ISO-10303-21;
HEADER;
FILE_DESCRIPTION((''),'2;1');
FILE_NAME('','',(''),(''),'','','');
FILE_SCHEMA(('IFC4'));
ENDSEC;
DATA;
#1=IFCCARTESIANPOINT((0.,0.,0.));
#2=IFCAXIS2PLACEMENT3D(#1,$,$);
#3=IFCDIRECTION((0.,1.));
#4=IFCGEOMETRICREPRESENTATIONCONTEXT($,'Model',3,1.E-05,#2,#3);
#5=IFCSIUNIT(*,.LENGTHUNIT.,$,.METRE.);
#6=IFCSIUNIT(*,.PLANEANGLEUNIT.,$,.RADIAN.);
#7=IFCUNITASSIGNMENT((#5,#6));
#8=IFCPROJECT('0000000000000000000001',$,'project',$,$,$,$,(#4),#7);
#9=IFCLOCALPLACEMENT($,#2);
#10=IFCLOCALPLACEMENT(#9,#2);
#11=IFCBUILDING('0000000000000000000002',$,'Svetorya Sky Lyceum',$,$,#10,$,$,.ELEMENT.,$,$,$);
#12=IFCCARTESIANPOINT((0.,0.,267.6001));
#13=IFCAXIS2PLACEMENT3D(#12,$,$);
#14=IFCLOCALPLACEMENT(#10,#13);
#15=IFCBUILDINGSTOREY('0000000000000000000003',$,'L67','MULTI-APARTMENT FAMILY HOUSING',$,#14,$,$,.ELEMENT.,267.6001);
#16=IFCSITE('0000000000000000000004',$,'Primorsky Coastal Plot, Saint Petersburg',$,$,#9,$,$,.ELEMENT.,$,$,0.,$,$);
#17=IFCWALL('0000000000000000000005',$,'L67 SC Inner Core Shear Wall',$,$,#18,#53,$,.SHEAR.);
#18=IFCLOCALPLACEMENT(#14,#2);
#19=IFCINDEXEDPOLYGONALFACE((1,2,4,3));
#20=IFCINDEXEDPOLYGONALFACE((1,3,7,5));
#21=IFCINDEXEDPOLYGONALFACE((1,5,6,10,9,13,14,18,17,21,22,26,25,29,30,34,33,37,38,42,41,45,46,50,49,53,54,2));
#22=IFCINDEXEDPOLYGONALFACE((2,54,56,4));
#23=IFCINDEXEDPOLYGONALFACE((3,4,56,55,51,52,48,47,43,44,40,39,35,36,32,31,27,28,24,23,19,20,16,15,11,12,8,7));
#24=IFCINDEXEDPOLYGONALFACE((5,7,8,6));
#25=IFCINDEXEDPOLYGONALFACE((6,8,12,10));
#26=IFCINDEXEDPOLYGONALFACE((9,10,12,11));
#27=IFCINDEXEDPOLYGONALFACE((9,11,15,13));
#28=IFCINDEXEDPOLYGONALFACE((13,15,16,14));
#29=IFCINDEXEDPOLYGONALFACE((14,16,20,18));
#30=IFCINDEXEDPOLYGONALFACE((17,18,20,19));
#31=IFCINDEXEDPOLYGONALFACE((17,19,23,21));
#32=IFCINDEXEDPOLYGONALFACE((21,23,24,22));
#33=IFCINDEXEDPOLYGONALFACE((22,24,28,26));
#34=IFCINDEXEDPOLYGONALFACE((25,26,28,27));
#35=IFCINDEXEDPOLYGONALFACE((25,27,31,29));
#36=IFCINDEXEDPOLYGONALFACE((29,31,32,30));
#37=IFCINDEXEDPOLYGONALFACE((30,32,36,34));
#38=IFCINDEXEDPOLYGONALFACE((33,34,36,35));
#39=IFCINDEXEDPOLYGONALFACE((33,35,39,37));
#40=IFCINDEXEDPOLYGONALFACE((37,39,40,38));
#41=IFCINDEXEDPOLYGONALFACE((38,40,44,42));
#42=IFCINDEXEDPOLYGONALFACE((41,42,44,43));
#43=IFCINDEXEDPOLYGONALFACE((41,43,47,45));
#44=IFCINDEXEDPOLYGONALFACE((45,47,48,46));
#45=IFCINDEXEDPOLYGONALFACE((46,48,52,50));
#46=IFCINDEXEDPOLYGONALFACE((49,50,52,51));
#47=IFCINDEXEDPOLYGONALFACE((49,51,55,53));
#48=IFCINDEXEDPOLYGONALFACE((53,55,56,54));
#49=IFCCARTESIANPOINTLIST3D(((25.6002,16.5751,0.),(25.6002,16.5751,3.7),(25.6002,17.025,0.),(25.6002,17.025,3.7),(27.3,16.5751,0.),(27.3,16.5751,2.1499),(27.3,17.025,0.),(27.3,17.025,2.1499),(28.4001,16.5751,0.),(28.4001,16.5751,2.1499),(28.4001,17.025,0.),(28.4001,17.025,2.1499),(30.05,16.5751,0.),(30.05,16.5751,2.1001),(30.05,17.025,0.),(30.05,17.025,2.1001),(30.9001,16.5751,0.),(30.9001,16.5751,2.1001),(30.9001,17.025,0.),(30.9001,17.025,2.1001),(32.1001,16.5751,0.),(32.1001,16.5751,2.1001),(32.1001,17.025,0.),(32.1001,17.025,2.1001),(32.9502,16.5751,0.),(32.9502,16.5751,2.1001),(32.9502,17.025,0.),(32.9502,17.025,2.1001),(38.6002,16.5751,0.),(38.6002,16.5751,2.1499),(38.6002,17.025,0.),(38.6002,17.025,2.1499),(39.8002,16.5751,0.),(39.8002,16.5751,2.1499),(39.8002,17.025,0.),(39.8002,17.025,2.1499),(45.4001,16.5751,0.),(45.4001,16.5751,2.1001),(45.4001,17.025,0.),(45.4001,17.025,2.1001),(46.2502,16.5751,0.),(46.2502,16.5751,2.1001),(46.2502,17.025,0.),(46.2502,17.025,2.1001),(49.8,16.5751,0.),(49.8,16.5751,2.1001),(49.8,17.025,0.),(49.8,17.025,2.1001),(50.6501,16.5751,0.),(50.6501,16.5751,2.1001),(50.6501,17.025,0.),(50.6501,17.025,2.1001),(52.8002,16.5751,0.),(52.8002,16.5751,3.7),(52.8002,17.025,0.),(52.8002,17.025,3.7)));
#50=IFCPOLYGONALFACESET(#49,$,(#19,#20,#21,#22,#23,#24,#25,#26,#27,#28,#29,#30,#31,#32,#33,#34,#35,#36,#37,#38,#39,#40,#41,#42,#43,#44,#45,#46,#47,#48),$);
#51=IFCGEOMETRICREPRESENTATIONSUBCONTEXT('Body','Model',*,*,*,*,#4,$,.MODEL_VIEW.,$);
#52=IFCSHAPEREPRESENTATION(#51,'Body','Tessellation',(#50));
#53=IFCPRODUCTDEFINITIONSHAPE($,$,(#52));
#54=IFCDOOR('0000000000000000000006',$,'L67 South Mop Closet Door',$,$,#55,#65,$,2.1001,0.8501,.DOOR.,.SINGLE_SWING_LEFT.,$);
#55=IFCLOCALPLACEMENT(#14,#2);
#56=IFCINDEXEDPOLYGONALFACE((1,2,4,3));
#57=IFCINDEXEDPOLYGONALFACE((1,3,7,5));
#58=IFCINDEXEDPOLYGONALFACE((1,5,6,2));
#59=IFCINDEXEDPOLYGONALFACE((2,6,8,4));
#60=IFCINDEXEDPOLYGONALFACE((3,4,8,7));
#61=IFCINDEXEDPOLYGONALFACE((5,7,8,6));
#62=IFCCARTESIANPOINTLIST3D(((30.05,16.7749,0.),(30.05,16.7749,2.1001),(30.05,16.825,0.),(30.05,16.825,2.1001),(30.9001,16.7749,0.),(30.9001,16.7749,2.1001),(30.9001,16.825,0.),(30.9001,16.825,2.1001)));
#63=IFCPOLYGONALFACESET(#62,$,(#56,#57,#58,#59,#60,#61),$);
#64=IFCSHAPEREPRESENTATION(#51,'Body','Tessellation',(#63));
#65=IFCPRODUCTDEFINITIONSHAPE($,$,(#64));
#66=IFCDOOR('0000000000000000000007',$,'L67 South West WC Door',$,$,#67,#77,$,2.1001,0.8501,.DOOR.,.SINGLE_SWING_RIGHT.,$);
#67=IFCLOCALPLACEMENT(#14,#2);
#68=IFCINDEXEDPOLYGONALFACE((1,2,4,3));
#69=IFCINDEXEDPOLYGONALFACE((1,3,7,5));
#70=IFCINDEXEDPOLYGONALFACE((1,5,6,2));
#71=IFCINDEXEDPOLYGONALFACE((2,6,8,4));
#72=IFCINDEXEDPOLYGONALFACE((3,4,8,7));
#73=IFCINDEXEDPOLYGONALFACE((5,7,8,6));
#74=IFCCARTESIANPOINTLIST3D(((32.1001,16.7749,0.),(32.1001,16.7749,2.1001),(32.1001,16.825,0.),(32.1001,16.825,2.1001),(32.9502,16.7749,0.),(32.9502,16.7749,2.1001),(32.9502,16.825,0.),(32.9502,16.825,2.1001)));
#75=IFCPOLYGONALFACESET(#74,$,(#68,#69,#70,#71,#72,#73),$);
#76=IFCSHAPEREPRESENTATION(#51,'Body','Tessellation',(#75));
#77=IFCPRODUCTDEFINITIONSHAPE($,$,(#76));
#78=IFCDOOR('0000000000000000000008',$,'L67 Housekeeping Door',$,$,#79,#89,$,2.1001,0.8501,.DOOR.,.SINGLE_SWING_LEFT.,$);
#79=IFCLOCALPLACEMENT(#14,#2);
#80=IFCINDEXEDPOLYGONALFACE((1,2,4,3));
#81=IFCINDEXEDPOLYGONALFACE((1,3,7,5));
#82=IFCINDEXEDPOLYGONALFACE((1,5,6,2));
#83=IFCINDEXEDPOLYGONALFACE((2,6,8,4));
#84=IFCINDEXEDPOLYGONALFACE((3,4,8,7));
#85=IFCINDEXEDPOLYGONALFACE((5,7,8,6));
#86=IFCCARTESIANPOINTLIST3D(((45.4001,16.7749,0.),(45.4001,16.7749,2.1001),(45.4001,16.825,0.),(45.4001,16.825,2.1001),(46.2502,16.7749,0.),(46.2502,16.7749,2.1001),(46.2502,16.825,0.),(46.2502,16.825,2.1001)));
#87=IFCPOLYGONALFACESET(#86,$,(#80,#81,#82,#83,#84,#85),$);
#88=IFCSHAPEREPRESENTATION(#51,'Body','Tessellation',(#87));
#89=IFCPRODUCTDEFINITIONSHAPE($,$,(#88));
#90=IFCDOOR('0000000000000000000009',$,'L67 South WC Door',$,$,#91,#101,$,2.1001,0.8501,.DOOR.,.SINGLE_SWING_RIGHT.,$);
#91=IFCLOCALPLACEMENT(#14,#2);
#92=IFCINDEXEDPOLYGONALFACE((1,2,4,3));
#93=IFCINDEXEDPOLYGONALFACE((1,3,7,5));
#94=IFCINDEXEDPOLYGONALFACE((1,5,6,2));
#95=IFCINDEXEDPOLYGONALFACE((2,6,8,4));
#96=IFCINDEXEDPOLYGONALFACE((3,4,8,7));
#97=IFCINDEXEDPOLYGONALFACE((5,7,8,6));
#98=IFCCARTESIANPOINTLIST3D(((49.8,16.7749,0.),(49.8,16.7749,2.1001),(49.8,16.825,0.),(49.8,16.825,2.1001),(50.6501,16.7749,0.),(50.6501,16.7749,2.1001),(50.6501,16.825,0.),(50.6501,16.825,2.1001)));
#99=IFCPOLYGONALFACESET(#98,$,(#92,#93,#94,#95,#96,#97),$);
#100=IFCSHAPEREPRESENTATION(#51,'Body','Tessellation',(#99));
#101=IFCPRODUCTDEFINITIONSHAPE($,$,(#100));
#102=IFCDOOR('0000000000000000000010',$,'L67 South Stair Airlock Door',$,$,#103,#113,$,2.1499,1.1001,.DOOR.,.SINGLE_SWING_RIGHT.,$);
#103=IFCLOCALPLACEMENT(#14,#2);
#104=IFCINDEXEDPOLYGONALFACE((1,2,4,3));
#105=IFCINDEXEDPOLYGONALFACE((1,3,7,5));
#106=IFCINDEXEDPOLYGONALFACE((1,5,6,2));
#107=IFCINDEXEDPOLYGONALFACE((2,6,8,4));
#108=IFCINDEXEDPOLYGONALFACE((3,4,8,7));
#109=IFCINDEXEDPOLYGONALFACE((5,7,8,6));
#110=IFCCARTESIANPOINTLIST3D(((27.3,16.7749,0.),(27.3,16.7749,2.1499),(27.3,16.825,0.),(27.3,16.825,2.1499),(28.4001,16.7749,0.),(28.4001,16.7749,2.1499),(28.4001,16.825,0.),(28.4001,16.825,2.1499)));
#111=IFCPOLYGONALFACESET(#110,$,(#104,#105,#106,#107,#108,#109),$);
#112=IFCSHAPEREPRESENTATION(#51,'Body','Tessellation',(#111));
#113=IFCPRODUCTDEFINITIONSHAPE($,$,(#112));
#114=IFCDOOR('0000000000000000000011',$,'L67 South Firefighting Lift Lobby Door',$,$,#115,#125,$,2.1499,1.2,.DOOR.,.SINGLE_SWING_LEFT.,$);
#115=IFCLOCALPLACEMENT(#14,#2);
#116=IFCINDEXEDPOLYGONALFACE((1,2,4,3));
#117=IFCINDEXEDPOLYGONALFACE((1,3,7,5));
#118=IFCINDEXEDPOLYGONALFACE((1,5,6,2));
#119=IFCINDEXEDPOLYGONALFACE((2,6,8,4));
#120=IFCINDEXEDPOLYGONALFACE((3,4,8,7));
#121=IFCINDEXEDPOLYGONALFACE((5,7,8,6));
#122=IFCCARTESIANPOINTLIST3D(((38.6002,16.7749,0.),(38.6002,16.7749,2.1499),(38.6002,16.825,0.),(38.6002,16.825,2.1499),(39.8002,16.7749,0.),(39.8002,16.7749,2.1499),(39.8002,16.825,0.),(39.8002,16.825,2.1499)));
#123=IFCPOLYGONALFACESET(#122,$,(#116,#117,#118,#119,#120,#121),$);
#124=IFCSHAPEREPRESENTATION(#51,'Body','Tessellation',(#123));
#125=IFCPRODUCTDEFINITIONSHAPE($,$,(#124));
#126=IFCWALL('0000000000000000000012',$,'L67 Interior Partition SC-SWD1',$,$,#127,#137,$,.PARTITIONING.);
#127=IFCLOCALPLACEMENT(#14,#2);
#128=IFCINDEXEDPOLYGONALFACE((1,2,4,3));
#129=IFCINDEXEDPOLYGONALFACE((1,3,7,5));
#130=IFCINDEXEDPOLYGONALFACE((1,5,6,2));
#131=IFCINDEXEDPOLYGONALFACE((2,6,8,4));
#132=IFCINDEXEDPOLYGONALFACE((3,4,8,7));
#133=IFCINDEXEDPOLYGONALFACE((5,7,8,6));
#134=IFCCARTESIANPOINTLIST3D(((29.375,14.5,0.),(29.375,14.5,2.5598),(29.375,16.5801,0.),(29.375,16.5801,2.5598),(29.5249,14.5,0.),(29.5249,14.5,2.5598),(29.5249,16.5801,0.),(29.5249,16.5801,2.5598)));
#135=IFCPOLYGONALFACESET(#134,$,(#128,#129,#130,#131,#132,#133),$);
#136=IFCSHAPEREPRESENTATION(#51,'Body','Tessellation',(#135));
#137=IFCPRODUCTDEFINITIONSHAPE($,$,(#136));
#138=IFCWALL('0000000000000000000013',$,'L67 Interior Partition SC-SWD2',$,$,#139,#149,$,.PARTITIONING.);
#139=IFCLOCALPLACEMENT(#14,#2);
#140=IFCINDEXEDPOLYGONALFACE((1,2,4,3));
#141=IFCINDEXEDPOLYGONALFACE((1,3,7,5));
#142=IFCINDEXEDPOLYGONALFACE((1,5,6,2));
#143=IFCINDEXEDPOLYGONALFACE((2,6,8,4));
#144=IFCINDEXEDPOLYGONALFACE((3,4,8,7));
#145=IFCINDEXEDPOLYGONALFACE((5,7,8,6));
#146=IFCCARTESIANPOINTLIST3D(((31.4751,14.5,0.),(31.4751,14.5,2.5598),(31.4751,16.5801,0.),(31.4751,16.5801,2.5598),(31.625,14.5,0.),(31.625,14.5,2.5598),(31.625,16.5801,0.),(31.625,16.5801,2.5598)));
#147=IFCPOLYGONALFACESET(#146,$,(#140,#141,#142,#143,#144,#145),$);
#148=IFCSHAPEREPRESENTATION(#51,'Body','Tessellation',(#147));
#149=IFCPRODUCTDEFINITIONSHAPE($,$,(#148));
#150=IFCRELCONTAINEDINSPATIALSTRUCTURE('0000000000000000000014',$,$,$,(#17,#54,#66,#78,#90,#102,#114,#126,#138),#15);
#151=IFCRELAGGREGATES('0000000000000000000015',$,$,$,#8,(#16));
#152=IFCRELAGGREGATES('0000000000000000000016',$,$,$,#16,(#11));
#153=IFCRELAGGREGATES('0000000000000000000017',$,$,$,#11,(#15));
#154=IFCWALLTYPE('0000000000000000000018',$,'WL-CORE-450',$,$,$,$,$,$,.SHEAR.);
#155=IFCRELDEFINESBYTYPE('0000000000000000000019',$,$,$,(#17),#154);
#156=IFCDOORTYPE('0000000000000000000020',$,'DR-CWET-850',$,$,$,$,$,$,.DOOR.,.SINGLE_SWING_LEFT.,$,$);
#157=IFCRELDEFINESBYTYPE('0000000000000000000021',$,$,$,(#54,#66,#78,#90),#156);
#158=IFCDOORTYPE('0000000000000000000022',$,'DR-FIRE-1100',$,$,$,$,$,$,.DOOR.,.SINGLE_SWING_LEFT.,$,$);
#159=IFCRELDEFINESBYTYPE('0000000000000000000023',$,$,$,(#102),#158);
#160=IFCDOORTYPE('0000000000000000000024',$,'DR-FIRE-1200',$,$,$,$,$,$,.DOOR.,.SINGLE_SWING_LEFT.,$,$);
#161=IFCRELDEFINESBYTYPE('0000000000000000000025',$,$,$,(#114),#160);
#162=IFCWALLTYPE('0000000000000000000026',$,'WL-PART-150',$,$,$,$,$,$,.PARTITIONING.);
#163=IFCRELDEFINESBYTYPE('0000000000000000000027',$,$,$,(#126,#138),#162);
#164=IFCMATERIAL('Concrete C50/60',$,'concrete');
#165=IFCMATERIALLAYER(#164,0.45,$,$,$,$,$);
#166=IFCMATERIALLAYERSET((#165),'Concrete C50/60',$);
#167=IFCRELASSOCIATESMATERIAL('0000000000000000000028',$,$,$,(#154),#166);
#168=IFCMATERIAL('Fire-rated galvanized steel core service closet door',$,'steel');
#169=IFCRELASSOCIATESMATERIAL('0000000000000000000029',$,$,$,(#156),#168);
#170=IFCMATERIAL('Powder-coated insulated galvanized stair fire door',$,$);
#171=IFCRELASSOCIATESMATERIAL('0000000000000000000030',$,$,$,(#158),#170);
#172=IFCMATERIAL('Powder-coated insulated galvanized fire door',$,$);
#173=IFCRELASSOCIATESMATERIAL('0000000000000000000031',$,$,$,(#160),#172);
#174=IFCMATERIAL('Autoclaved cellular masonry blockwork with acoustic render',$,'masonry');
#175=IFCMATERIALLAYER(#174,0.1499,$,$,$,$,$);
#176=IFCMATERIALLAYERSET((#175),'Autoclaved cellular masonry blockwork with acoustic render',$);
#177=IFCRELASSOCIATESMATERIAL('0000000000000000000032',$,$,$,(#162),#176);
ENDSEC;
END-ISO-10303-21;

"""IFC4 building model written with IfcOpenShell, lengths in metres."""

from ifc_helpers import new_model, si_unit, direction, frame, frame_2d, origin, place, context, subcontext, project, spatial, rectangle, extrude, material, layer, layer_set, type_object, element, fill, save


model = new_model("IFC4")

# Units and contexts
model_context = context("Model", 3, precision=1e-05, world=origin(), true_north=direction((0.0, 1.0)))
body_context = subcontext(model_context, "Body", "Model", "MODEL_VIEW")
ifc_project = project(units=[si_unit("LENGTHUNIT", "METRE"), si_unit("PLANEANGLEUNIT", "RADIAN")], contexts=[model_context])

# Site, building, storey
site_placement = place(None, origin())
site = spatial("IfcSite", under=ifc_project, at=site_placement, Name="Primorsky Coastal Plot, Saint Petersburg", CompositionType="ELEMENT", RefElevation=0.0)
building_placement = place(site_placement, origin())
building = spatial("IfcBuilding", under=site, at=building_placement, Name="Svetorya Sky Lyceum", CompositionType="ELEMENT")
storey_placement = place(building_placement, frame((0.0, 0.0, 267.6001)))
storey = spatial("IfcBuildingStorey", under=building, at=storey_placement, Name="L67", Description="MULTI-APARTMENT FAMILY HOUSING", CompositionType="ELEMENT", Elevation=267.6001)

# Wall, openings, doors
ifc_material_1 = material(Name="Concrete C50/60", Category="concrete")
ifc_layer_1 = layer(ifc_material_1, 0.45)
ifc_layer_set_1 = layer_set([ifc_layer_1], Name="Concrete C50/60")
wall_type_1 = type_object("IfcWallType", Name="WL-CORE-450", PredefinedType="SHEAR", material=ifc_layer_set_1)
wall_1_placement = place(storey_placement, frame((25.6001, 16.8, 0.0), z_axis=(0.0, 0.0, 1.0), x_axis=(1.0, 0.0, 0.0)))
wall_1 = element("IfcWall", 1, at=wall_1_placement, inside=storey, type_object=wall_type_1, Name="L67 SC Inner Core Shear Wall", PredefinedType="SHEAR", context=body_context, shape_type="SweptSolid", body=[
    extrude(rectangle(XDim=27.2, YDim=0.45, at=frame_2d((13.6001, 0.0))), origin(), (0.0, 0.0, 1.0), 3.7),
])
opening_1_placement = place(wall_1_placement, frame((1.7, 0.0, 0.0)))
opening_1 = element("IfcOpeningElement", 2, at=opening_1_placement, cuts=wall_1, PredefinedType="OPENING", context=body_context, shape_type="SweptSolid", body=[
    extrude(rectangle(XDim=1.1001, YDim=2.1499, at=frame_2d((0.55, 1.075))), frame((0.0, 0.2349, 0.0), z_axis=(0.0, -1.0, 0.0), x_axis=(1.0, 0.0, 0.0)), (0.0, 0.0, 1.0), 0.47),
])
opening_2_placement = place(wall_1_placement, frame((4.45, 0.0, 0.0)))
opening_2 = element("IfcOpeningElement", 3, at=opening_2_placement, cuts=wall_1, PredefinedType="OPENING", context=body_context, shape_type="SweptSolid", body=[
    extrude(rectangle(XDim=0.8501, YDim=2.1001, at=frame_2d((0.425, 1.05))), frame((0.0, 0.2349, 0.0), z_axis=(0.0, -1.0, 0.0), x_axis=(1.0, 0.0, 0.0)), (0.0, 0.0, 1.0), 0.47),
])
opening_3_placement = place(wall_1_placement, frame((6.5, 0.0, 0.0)))
opening_3 = element("IfcOpeningElement", 4, at=opening_3_placement, cuts=wall_1, PredefinedType="OPENING", context=body_context, shape_type="SweptSolid", body=[
    extrude(rectangle(XDim=0.8501, YDim=2.1001, at=frame_2d((0.425, 1.05))), frame((0.0, 0.2349, 0.0), z_axis=(0.0, -1.0, 0.0), x_axis=(1.0, 0.0, 0.0)), (0.0, 0.0, 1.0), 0.47),
])
opening_4_placement = place(wall_1_placement, frame((13.0, 0.0, 0.0)))
opening_4 = element("IfcOpeningElement", 5, at=opening_4_placement, cuts=wall_1, PredefinedType="OPENING", context=body_context, shape_type="SweptSolid", body=[
    extrude(rectangle(XDim=1.2, YDim=2.1499, at=frame_2d((0.6001, 1.075))), frame((0.0, 0.2349, 0.0), z_axis=(0.0, -1.0, 0.0), x_axis=(1.0, 0.0, 0.0)), (0.0, 0.0, 1.0), 0.47),
])
opening_5_placement = place(wall_1_placement, frame((19.8, 0.0, 0.0)))
opening_5 = element("IfcOpeningElement", 6, at=opening_5_placement, cuts=wall_1, PredefinedType="OPENING", context=body_context, shape_type="SweptSolid", body=[
    extrude(rectangle(XDim=0.8501, YDim=2.1001, at=frame_2d((0.425, 1.05))), frame((0.0, 0.2349, 0.0), z_axis=(0.0, -1.0, 0.0), x_axis=(1.0, 0.0, 0.0)), (0.0, 0.0, 1.0), 0.47),
])
opening_6_placement = place(wall_1_placement, frame((24.2, 0.0, 0.0)))
opening_6 = element("IfcOpeningElement", 7, at=opening_6_placement, cuts=wall_1, PredefinedType="OPENING", context=body_context, shape_type="SweptSolid", body=[
    extrude(rectangle(XDim=0.8501, YDim=2.1001, at=frame_2d((0.425, 1.05))), frame((0.0, 0.2349, 0.0), z_axis=(0.0, -1.0, 0.0), x_axis=(1.0, 0.0, 0.0)), (0.0, 0.0, 1.0), 0.47),
])
ifc_material_2 = material(Name="Fire-rated galvanized steel core service closet door", Category="steel")
door_type_1 = type_object("IfcDoorType", Name="DR-CWET-850", OperationType="SINGLE_SWING_LEFT", PredefinedType="DOOR", material=ifc_material_2)
door_1_placement = place(opening_2_placement, origin())
door_1 = element("IfcDoor", 8, at=door_1_placement, inside=storey, type_object=door_type_1, Name="L67 South Mop Closet Door", OperationType="SINGLE_SWING_LEFT", OverallHeight=2.1001, OverallWidth=0.8501, PredefinedType="DOOR", context=body_context, shape_type="SweptSolid", body=[
    extrude(rectangle(XDim=0.8501, YDim=2.1001, at=frame_2d((0.425, 1.05))), frame((0.0, 0.0249, 0.0), z_axis=(0.0, -1.0, 0.0), x_axis=(1.0, 0.0, 0.0)), (0.0, 0.0, 1.0), 0.05),
])
fill(opening_2, door_1)
door_2_placement = place(opening_3_placement, origin())
door_2 = element("IfcDoor", 9, at=door_2_placement, inside=storey, type_object=door_type_1, Name="L67 South West WC Door", OperationType="SINGLE_SWING_RIGHT", OverallHeight=2.1001, OverallWidth=0.8501, PredefinedType="DOOR", context=body_context, shape_type="SweptSolid", body=[
    extrude(rectangle(XDim=0.8501, YDim=2.1001, at=frame_2d((0.425, 1.05))), frame((0.0, 0.0249, 0.0), z_axis=(0.0, -1.0, 0.0), x_axis=(1.0, 0.0, 0.0)), (0.0, 0.0, 1.0), 0.05),
])
fill(opening_3, door_2)
door_3_placement = place(opening_5_placement, origin())
door_3 = element("IfcDoor", 10, at=door_3_placement, inside=storey, type_object=door_type_1, Name="L67 Housekeeping Door", OperationType="SINGLE_SWING_LEFT", OverallHeight=2.1001, OverallWidth=0.8501, PredefinedType="DOOR", context=body_context, shape_type="SweptSolid", body=[
    extrude(rectangle(XDim=0.8501, YDim=2.1001, at=frame_2d((0.425, 1.05))), frame((0.0, 0.0249, 0.0), z_axis=(0.0, -1.0, 0.0), x_axis=(1.0, 0.0, 0.0)), (0.0, 0.0, 1.0), 0.05),
])
fill(opening_5, door_3)
door_4_placement = place(opening_6_placement, origin())
door_4 = element("IfcDoor", 11, at=door_4_placement, inside=storey, type_object=door_type_1, Name="L67 South WC Door", OperationType="SINGLE_SWING_RIGHT", OverallHeight=2.1001, OverallWidth=0.8501, PredefinedType="DOOR", context=body_context, shape_type="SweptSolid", body=[
    extrude(rectangle(XDim=0.8501, YDim=2.1001, at=frame_2d((0.425, 1.05))), frame((0.0, 0.0249, 0.0), z_axis=(0.0, -1.0, 0.0), x_axis=(1.0, 0.0, 0.0)), (0.0, 0.0, 1.0), 0.05),
])
fill(opening_6, door_4)
ifc_material_3 = material(Name="Powder-coated insulated galvanized stair fire door")
door_type_2 = type_object("IfcDoorType", Name="DR-FIRE-1100", OperationType="SINGLE_SWING_LEFT", PredefinedType="DOOR", material=ifc_material_3)
door_5_placement = place(opening_1_placement, origin())
door_5 = element("IfcDoor", 12, at=door_5_placement, inside=storey, type_object=door_type_2, Name="L67 South Stair Airlock Door", OperationType="SINGLE_SWING_RIGHT", OverallHeight=2.1499, OverallWidth=1.1001, PredefinedType="DOOR", context=body_context, shape_type="SweptSolid", body=[
    extrude(rectangle(XDim=1.1001, YDim=2.1499, at=frame_2d((0.55, 1.075))), frame((0.0, 0.0249, 0.0), z_axis=(0.0, -1.0, 0.0), x_axis=(1.0, 0.0, 0.0)), (0.0, 0.0, 1.0), 0.05),
])
fill(opening_1, door_5)
ifc_material_4 = material(Name="Powder-coated insulated galvanized fire door")
door_type_3 = type_object("IfcDoorType", Name="DR-FIRE-1200", OperationType="SINGLE_SWING_LEFT", PredefinedType="DOOR", material=ifc_material_4)
door_6_placement = place(opening_4_placement, origin())
door_6 = element("IfcDoor", 13, at=door_6_placement, inside=storey, type_object=door_type_3, Name="L67 South Firefighting Lift Lobby Door", OperationType="SINGLE_SWING_LEFT", OverallHeight=2.1499, OverallWidth=1.2, PredefinedType="DOOR", context=body_context, shape_type="SweptSolid", body=[
    extrude(rectangle(XDim=1.2, YDim=2.1499, at=frame_2d((0.6001, 1.075))), frame((0.0, 0.0249, 0.0), z_axis=(0.0, -1.0, 0.0), x_axis=(1.0, 0.0, 0.0)), (0.0, 0.0, 1.0), 0.05),
])
fill(opening_4, door_6)

# Walls
ifc_material_5 = material(Name="Autoclaved cellular masonry blockwork with acoustic render", Category="masonry")
ifc_layer_2 = layer(ifc_material_5, 0.1499)
ifc_layer_set_2 = layer_set([ifc_layer_2], Name="Autoclaved cellular masonry blockwork with acoustic render")
wall_type_2 = type_object("IfcWallType", Name="WL-PART-150", PredefinedType="PARTITIONING", material=ifc_layer_set_2)
for number, where, z_axis, x_axis, name in (
    (14, (29.45, 14.5, 0.0), (0.0, 0.0, 1.0), (0.0, 1.0, 0.0), "L67 Interior Partition SC-SWD1"),
    (15, (31.55, 14.5, 0.0), (0.0, 0.0, 1.0), (0.0, 1.0, 0.0), "L67 Interior Partition SC-SWD2"),
):
    element("IfcWall", number, at=place(storey_placement, frame(where, z_axis=z_axis, x_axis=x_axis)), inside=storey, type_object=wall_type_2, Name=name, PredefinedType="PARTITIONING", context=body_context, shape_type="SweptSolid", body=[
        extrude(rectangle(XDim=2.0801, YDim=0.1499, at=frame_2d((1.04, 0.0))), origin(), (0.0, 0.0, 1.0), 2.5598),
    ])

save(model, "model.ifc")
